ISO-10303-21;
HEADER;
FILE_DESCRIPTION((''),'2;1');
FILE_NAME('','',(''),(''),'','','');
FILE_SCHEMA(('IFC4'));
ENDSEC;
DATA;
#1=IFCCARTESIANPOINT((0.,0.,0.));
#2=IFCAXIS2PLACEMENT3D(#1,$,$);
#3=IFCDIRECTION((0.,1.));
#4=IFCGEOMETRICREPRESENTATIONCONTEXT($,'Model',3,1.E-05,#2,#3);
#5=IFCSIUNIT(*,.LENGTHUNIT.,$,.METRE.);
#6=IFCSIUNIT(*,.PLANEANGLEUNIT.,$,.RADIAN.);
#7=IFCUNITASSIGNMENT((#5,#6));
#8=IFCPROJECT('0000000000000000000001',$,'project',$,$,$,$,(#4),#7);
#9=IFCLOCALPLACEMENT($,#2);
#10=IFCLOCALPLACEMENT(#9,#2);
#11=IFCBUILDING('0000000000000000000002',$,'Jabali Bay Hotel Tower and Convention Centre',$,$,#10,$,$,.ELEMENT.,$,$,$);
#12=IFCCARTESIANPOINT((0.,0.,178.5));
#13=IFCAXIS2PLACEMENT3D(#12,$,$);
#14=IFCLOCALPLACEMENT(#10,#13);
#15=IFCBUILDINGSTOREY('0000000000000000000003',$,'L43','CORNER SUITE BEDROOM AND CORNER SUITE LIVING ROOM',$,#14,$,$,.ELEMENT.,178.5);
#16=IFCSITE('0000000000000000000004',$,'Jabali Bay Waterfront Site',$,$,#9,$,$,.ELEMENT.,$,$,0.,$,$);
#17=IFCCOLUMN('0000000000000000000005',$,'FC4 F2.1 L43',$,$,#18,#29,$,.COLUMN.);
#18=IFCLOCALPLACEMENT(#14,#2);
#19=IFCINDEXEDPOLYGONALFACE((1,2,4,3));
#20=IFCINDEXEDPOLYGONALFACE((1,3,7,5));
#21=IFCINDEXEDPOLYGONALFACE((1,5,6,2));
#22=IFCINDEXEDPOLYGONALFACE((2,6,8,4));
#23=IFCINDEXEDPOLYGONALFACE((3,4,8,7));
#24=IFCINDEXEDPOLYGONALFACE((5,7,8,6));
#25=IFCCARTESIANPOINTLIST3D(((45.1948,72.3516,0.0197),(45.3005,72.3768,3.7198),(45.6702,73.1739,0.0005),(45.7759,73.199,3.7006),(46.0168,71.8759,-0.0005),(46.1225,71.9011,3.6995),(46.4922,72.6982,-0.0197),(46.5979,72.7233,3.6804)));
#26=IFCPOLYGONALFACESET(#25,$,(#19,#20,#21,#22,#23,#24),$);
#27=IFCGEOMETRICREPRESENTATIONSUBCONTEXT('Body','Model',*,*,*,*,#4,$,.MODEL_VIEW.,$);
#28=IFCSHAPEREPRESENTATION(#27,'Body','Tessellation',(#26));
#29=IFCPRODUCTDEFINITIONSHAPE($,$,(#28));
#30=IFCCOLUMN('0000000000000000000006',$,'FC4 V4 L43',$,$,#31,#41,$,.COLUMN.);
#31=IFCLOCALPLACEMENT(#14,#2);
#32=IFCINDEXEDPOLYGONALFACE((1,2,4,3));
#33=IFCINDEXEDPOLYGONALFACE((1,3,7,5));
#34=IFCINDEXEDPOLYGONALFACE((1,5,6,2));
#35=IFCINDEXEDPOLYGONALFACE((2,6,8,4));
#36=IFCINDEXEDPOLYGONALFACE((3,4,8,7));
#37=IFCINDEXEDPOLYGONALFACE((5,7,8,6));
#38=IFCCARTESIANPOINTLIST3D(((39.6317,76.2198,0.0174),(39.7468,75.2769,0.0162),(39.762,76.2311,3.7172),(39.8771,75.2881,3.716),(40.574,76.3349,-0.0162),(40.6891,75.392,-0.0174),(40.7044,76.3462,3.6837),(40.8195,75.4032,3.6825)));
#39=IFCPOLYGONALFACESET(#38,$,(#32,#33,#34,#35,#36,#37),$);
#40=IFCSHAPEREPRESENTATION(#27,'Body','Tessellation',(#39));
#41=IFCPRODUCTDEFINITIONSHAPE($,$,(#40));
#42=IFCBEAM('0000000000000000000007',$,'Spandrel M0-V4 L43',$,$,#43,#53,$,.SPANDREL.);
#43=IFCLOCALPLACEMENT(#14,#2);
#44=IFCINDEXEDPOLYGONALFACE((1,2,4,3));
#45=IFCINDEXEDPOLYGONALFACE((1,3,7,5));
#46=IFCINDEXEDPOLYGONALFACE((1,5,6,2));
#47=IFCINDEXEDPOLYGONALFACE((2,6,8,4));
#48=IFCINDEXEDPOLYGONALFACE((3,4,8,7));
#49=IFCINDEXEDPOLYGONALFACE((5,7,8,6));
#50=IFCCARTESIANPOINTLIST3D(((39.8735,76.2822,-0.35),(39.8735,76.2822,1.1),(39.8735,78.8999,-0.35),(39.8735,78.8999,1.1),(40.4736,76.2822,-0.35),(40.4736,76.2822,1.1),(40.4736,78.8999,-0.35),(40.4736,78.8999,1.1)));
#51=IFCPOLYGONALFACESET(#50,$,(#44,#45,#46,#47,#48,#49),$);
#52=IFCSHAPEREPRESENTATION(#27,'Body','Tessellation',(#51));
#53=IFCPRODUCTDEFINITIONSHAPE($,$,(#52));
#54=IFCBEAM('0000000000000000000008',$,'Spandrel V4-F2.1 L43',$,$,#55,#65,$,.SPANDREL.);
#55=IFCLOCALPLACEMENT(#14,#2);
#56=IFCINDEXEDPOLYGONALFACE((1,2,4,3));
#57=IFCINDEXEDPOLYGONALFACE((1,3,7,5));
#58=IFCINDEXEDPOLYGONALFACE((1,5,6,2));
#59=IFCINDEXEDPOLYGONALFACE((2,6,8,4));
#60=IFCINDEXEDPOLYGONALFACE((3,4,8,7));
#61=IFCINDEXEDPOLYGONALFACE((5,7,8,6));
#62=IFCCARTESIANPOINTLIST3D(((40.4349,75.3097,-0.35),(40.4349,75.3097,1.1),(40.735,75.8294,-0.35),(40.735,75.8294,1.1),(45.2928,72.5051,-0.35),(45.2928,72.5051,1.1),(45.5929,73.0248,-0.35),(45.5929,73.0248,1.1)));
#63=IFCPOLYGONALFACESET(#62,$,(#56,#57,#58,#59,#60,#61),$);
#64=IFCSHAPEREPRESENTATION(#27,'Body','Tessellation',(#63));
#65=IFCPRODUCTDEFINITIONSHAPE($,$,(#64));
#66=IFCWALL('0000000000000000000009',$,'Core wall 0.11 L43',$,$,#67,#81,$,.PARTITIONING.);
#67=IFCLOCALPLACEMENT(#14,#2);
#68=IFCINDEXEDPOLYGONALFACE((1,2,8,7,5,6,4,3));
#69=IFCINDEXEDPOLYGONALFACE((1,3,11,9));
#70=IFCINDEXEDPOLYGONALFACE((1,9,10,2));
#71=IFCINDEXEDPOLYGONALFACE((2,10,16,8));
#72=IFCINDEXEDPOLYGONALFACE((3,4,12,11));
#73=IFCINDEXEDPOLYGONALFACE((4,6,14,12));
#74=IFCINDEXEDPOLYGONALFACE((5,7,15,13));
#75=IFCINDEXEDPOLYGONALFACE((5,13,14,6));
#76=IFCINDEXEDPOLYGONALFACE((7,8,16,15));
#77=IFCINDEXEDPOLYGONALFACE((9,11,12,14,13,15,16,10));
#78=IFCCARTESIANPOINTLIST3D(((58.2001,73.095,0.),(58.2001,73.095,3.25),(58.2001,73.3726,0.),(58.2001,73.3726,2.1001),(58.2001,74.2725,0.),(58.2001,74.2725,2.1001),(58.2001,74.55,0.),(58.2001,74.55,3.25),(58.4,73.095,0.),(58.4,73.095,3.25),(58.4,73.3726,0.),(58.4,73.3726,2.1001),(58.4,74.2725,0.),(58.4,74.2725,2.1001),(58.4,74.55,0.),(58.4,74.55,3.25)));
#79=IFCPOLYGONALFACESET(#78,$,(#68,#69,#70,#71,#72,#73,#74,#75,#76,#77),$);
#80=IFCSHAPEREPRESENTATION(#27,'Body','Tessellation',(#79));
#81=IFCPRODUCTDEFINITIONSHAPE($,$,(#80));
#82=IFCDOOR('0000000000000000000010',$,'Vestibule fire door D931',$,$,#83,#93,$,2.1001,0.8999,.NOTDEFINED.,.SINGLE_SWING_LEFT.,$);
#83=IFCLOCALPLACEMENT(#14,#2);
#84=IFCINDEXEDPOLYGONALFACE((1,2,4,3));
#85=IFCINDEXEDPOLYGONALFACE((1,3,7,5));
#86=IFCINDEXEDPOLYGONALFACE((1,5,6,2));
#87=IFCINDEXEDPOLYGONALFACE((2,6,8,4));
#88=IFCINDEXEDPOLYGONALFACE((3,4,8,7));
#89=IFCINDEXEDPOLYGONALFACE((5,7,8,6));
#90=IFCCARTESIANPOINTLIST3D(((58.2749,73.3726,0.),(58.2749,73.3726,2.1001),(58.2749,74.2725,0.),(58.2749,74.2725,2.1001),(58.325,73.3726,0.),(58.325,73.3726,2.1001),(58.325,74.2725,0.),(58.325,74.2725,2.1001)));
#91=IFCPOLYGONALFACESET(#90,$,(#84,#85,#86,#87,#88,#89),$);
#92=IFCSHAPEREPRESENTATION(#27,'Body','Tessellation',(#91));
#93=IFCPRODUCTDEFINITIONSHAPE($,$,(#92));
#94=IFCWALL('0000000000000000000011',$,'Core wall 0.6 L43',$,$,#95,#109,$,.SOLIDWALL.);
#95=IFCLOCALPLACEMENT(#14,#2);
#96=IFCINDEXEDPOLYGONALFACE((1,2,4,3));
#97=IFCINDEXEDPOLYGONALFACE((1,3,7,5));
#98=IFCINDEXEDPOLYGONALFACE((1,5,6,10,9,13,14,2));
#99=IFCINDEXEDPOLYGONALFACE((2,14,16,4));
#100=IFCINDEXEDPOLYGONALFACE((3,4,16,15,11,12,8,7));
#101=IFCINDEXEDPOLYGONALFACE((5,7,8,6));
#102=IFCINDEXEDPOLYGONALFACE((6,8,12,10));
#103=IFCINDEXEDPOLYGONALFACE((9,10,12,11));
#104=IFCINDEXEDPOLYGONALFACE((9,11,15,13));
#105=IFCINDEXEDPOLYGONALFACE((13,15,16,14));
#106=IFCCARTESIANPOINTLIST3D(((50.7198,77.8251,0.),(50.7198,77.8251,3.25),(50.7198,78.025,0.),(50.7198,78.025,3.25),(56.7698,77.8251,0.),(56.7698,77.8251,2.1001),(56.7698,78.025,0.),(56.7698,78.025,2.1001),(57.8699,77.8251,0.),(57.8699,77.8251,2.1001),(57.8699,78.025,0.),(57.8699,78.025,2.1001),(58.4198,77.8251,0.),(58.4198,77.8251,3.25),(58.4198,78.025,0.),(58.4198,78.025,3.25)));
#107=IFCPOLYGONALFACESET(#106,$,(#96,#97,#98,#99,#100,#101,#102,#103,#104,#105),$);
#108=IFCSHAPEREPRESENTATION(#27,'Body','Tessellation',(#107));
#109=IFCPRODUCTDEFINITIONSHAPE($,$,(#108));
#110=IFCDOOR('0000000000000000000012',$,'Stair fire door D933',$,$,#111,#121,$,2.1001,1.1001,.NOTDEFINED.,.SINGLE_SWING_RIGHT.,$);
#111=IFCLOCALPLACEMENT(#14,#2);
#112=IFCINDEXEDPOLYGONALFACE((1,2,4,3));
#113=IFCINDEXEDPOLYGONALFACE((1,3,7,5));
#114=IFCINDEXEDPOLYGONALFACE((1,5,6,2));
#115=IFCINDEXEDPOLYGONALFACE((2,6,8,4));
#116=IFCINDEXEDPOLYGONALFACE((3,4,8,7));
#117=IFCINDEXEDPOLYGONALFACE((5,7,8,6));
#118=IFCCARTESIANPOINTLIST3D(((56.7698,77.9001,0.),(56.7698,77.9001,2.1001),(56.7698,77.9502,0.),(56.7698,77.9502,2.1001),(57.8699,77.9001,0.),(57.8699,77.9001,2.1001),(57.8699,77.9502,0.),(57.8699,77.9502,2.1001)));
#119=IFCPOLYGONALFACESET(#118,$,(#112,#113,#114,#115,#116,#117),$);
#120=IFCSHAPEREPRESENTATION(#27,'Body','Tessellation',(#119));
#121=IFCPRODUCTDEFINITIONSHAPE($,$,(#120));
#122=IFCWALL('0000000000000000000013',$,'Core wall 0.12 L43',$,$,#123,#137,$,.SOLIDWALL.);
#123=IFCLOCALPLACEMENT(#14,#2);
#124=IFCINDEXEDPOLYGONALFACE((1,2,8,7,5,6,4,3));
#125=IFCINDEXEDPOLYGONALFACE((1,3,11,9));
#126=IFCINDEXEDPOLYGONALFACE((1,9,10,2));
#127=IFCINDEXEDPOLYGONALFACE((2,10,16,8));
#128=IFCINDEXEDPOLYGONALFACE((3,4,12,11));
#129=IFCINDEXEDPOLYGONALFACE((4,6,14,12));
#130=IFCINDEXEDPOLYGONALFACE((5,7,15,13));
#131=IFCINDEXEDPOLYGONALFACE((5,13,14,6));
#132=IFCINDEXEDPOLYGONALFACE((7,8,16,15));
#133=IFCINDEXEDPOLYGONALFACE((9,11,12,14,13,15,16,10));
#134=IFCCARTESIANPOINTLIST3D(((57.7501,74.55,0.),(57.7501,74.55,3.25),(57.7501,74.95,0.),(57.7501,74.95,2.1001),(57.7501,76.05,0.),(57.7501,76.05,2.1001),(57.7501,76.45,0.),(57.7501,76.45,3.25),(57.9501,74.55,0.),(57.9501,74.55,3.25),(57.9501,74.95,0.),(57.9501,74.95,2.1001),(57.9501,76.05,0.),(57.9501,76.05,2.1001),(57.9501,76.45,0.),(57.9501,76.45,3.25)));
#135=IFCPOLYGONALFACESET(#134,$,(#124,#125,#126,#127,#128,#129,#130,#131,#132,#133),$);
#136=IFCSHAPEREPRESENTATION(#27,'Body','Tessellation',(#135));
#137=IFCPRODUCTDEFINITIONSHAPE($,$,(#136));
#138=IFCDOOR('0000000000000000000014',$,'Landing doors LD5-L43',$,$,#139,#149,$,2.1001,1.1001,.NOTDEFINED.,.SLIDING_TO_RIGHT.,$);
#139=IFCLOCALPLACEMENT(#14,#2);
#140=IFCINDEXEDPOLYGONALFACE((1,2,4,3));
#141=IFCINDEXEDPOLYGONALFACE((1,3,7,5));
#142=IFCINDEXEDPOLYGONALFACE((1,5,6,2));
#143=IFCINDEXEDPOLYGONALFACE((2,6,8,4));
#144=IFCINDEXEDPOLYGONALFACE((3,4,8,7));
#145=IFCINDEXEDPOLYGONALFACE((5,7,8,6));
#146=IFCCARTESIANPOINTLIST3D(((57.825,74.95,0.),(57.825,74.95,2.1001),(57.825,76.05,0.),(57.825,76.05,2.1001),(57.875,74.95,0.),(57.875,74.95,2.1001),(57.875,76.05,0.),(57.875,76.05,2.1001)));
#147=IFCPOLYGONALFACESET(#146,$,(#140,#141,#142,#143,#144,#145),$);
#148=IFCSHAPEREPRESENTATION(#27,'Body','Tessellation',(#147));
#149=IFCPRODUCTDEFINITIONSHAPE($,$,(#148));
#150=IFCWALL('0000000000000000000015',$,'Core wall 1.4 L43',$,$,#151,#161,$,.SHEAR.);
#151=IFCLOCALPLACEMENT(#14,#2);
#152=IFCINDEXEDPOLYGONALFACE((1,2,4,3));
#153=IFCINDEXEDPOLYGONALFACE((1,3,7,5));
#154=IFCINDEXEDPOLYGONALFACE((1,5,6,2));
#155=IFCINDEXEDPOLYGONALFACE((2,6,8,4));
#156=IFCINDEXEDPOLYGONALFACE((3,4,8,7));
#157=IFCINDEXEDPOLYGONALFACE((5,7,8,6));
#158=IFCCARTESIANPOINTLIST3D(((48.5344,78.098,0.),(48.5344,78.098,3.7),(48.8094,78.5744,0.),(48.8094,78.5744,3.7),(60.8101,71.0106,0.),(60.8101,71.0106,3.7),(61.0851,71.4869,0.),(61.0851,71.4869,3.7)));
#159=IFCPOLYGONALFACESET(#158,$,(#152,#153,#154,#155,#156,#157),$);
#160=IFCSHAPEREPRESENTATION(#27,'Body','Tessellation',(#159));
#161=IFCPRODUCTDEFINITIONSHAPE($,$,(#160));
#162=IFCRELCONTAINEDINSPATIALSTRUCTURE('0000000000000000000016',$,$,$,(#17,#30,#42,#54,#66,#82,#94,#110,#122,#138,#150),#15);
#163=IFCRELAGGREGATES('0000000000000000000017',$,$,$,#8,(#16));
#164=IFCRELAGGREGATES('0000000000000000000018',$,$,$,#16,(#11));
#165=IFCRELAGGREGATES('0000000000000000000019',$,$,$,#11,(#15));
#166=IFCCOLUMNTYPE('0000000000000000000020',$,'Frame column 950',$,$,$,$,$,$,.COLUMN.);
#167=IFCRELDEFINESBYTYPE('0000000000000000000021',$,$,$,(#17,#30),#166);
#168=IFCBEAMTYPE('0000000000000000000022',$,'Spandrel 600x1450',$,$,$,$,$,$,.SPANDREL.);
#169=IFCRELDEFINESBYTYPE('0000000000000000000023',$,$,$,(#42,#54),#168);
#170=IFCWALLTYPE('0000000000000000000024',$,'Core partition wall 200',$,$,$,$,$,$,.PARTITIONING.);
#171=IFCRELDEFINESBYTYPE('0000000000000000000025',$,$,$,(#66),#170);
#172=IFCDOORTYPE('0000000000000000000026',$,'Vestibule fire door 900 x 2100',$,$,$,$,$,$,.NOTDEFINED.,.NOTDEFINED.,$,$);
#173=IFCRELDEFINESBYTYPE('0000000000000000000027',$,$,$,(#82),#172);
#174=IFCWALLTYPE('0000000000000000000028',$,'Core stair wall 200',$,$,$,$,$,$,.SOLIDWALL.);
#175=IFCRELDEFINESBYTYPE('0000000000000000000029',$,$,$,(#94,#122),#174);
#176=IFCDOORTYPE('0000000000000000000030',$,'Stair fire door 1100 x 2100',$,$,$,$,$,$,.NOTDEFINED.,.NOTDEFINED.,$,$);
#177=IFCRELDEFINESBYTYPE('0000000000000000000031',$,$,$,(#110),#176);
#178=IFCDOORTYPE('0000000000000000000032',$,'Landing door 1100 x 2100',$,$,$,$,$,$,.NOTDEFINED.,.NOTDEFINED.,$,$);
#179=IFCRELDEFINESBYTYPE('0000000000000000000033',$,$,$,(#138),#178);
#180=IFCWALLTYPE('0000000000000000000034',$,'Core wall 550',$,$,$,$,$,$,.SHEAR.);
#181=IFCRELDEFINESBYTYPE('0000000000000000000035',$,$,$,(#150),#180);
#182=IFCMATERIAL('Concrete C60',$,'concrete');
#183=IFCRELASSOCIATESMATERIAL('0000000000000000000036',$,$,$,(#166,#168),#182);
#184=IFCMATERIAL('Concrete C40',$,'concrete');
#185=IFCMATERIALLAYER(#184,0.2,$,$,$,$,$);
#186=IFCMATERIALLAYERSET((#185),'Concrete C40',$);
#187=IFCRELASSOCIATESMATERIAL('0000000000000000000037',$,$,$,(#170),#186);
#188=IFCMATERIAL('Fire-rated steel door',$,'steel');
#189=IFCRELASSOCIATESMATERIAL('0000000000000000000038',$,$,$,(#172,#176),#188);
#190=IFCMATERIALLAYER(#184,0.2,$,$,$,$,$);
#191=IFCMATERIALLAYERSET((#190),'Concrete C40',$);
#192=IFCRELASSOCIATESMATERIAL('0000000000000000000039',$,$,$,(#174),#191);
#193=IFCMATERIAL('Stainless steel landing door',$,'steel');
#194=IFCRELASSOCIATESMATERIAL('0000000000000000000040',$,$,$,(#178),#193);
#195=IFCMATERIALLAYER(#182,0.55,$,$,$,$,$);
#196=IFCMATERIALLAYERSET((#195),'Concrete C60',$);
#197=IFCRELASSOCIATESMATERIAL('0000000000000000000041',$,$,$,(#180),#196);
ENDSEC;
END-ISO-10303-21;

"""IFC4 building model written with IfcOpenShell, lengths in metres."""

from ifc_helpers import new_model, si_unit, direction, frame, frame_2d, origin, origin_2d, place, context, subcontext, project, spatial, rectangle, extrude, material, layer, layer_set, material_profile, profile_set, type_object, element, fill, save


model = new_model("IFC4")

# Units and contexts
model_context = context("Model", 3, precision=1e-05, world=origin(), true_north=direction((0.0, 1.0)))
body_context = subcontext(model_context, "Body", "Model", "MODEL_VIEW")
ifc_project = project(units=[si_unit("LENGTHUNIT", "METRE"), si_unit("PLANEANGLEUNIT", "RADIAN")], contexts=[model_context])

# Site, building, storey
site_placement = place(None, origin())
site = spatial("IfcSite", under=ifc_project, at=site_placement, Name="Jabali Bay Waterfront Site", CompositionType="ELEMENT", RefElevation=0.0)
building_placement = place(site_placement, origin())
building = spatial("IfcBuilding", under=site, at=building_placement, Name="Jabali Bay Hotel Tower and Convention Centre", CompositionType="ELEMENT")
storey_placement = place(building_placement, frame((0.0, 0.0, 178.5)))
storey = spatial("IfcBuildingStorey", under=building, at=storey_placement, Name="L43", Description="CORNER SUITE BEDROOM AND CORNER SUITE LIVING ROOM", CompositionType="ELEMENT", Elevation=178.5)

# Columns
ifc_material_1 = material(Name="Concrete C60", Category="concrete")
ifc_material_profile_1 = material_profile(ifc_material_1, rectangle(XDim=0.95, YDim=0.95, at=origin_2d()), Name="Frame column 950")
ifc_profile_set_1 = profile_set([ifc_material_profile_1], Name="Concrete C60")
column_type = type_object("IfcColumnType", Name="Frame column 950", PredefinedType="COLUMN", material=ifc_profile_set_1)
column_1_placement = place(storey_placement, frame((45.8435, 72.5249, 0.0), z_axis=(0.028559, 0.006794, 0.999569), x_axis=(-0.865321, 0.500765, 0.02132)))
element("IfcColumn", 1, at=column_1_placement, inside=storey, type_object=column_type, Name="FC4 F2.1 L43", PredefinedType="COLUMN", context=body_context, shape_type="SweptSolid", body=[
    extrude(rectangle(XDim=0.95, YDim=0.95, at=origin_2d()), origin(), (0.0, 0.0, 1.0), 3.7017),
])
column_2_placement = place(storey_placement, frame((40.1604, 75.8059, 0.0), z_axis=(0.035214, 0.003033, 0.999375), x_axis=(-0.121179, 0.99263, 0.001257)))
element("IfcColumn", 2, at=column_2_placement, inside=storey, type_object=column_type, Name="FC4 V4 L43", PredefinedType="COLUMN", context=body_context, shape_type="SweptSolid", body=[
    extrude(rectangle(XDim=0.95, YDim=0.95, at=origin_2d()), origin(), (0.0, 0.0, 1.0), 3.7021),
])

# Beams
ifc_material_profile_2 = material_profile(ifc_material_1, rectangle(XDim=0.6001, YDim=1.45, at=origin_2d()), Name="Spandrel 600x1450")
ifc_profile_set_2 = profile_set([ifc_material_profile_2], Name="Concrete C60")
beam_type = type_object("IfcBeamType", Name="Spandrel 600x1450", PredefinedType="SPANDREL", material=ifc_profile_set_2)
beam_1_placement = place(storey_placement, frame((40.1736, 78.8999, 0.375), z_axis=(0.0, -1.0, 0.0), x_axis=(1.0, 0.0, 0.0)))
element("IfcBeam", 3, at=beam_1_placement, inside=storey, type_object=beam_type, Name="Spandrel M0-V4 L43", PredefinedType="SPANDREL", context=body_context, shape_type="SweptSolid", body=[
    extrude(rectangle(XDim=0.6001, YDim=1.45, at=origin_2d()), origin(), (0.0, 0.0, 1.0), 2.6177),
])
beam_2_placement = place(storey_placement, frame((40.585, 75.5696, 0.375), z_axis=(0.866028, -0.499996, 0.0), x_axis=(0.499996, 0.866028, 0.0)))
element("IfcBeam", 4, at=beam_2_placement, inside=storey, type_object=beam_type, Name="Spandrel V4-F2.1 L43", PredefinedType="SPANDREL", context=body_context, shape_type="SweptSolid", body=[
    extrude(rectangle(XDim=0.6001, YDim=1.45, at=origin_2d()), origin(), (0.0, 0.0, 1.0), 5.6094),
])

# Walls, openings, doors
ifc_material_2 = material(Name="Concrete C40", Category="concrete")
ifc_layer_1 = layer(ifc_material_2, 0.2)
ifc_layer_set_1 = layer_set([ifc_layer_1], Name="Concrete C40")
wall_type_1 = type_object("IfcWallType", Name="Core partition wall 200", PredefinedType="PARTITIONING", material=ifc_layer_set_1)
wall_1_placement = place(storey_placement, frame((58.3, 74.55, 0.0), z_axis=(0.0, 0.0, 1.0), x_axis=(0.0, -1.0, 0.0)))
wall_1 = element("IfcWall", 5, at=wall_1_placement, inside=storey, type_object=wall_type_1, Name="Core wall 0.11 L43", PredefinedType="PARTITIONING", context=body_context, shape_type="SweptSolid", body=[
    extrude(rectangle(XDim=1.4551, YDim=0.2, at=frame_2d((0.7275, 0.0))), origin(), (0.0, 0.0, 1.0), 3.25),
])
opening_1_placement = place(wall_1_placement, frame((0.2776, 0.0, 0.0)))
opening_1 = element("IfcOpeningElement", 6, at=opening_1_placement, cuts=wall_1, PredefinedType="OPENING", context=body_context, shape_type="SweptSolid", body=[
    extrude(rectangle(XDim=0.8999, YDim=2.1001, at=frame_2d((0.45, 1.05))), frame((0.0, 0.1104, 0.0), z_axis=(0.0, -1.0, 0.0), x_axis=(1.0, 0.0, 0.0)), (0.0, 0.0, 1.0), 0.2209),
])
ifc_material_3 = material(Name="Fire-rated steel door", Category="steel")
door_type_1 = type_object("IfcDoorType", Name="Vestibule fire door 900 x 2100", OperationType="NOTDEFINED", PredefinedType="NOTDEFINED", material=ifc_material_3)
door_1_placement = place(opening_1_placement, origin())
door_1 = element("IfcDoor", 7, at=door_1_placement, inside=storey, type_object=door_type_1, Name="Vestibule fire door D931", OperationType="SINGLE_SWING_LEFT", OverallHeight=2.1001, OverallWidth=0.8999, PredefinedType="NOTDEFINED", context=body_context, shape_type="SweptSolid", body=[
    extrude(rectangle(XDim=0.8999, YDim=2.1001, at=frame_2d((0.45, 1.05))), frame((0.0, 0.0249, 0.0), z_axis=(0.0, -1.0, 0.0), x_axis=(1.0, 0.0, 0.0)), (0.0, 0.0, 1.0), 0.05),
])
fill(opening_1, door_1)
ifc_layer_2 = layer(ifc_material_2, 0.2)
ifc_layer_set_2 = layer_set([ifc_layer_2], Name="Concrete C40")
wall_type_2 = type_object("IfcWallType", Name="Core stair wall 200", PredefinedType="SOLIDWALL", material=ifc_layer_set_2)
wall_2_placement = place(storey_placement, frame((58.4199, 77.925, 0.0), z_axis=(0.0, 0.0, 1.0), x_axis=(-1.0, 0.0, 0.0)))
wall_2 = element("IfcWall", 8, at=wall_2_placement, inside=storey, type_object=wall_type_2, Name="Core wall 0.6 L43", PredefinedType="SOLIDWALL", context=body_context, shape_type="SweptSolid", body=[
    extrude(rectangle(XDim=7.7, YDim=0.2, at=frame_2d((3.8501, 0.0))), origin(), (0.0, 0.0, 1.0), 3.25),
])
opening_2_placement = place(wall_2_placement, frame((0.55, 0.0, 0.0)))
opening_2 = element("IfcOpeningElement", 9, at=opening_2_placement, cuts=wall_2, PredefinedType="OPENING", context=body_context, shape_type="SweptSolid", body=[
    extrude(rectangle(XDim=1.1001, YDim=2.1001, at=frame_2d((0.55, 1.05))), frame((0.0, 0.1104, 0.0), z_axis=(0.0, -1.0, 0.0), x_axis=(1.0, 0.0, 0.0)), (0.0, 0.0, 1.0), 0.2209),
])
door_type_2 = type_object("IfcDoorType", Name="Stair fire door 1100 x 2100", OperationType="NOTDEFINED", PredefinedType="NOTDEFINED", material=ifc_material_3)
door_2_placement = place(opening_2_placement, origin())
door_2 = element("IfcDoor", 10, at=door_2_placement, inside=storey, type_object=door_type_2, Name="Stair fire door D933", OperationType="SINGLE_SWING_RIGHT", OverallHeight=2.1001, OverallWidth=1.1001, PredefinedType="NOTDEFINED", context=body_context, shape_type="SweptSolid", body=[
    extrude(rectangle(XDim=1.1001, YDim=2.1001, at=frame_2d((0.55, 1.05))), frame((0.0, 0.0249, 0.0), z_axis=(0.0, -1.0, 0.0), x_axis=(1.0, 0.0, 0.0)), (0.0, 0.0, 1.0), 0.05),
])
fill(opening_2, door_2)
wall_3_placement = place(storey_placement, frame((57.8501, 76.45, 0.0), z_axis=(0.0, 0.0, 1.0), x_axis=(0.0, -1.0, 0.0)))
wall_3 = element("IfcWall", 11, at=wall_3_placement, inside=storey, type_object=wall_type_2, Name="Core wall 0.12 L43", PredefinedType="SOLIDWALL", context=body_context, shape_type="SweptSolid", body=[
    extrude(rectangle(XDim=1.8999, YDim=0.2, at=frame_2d((0.95, 0.0))), origin(), (0.0, 0.0, 1.0), 3.25),
])
opening_3_placement = place(wall_3_placement, frame((0.3999, 0.0, 0.0)))
opening_3 = element("IfcOpeningElement", 12, at=opening_3_placement, cuts=wall_3, PredefinedType="OPENING", context=body_context, shape_type="SweptSolid", body=[
    extrude(rectangle(XDim=1.1001, YDim=2.1001, at=frame_2d((0.55, 1.05))), frame((0.0, 0.1104, 0.0), z_axis=(0.0, -1.0, 0.0), x_axis=(1.0, 0.0, 0.0)), (0.0, 0.0, 1.0), 0.2209),
])
ifc_material_4 = material(Name="Stainless steel landing door", Category="steel")
door_type_3 = type_object("IfcDoorType", Name="Landing door 1100 x 2100", OperationType="NOTDEFINED", PredefinedType="NOTDEFINED", material=ifc_material_4)
door_3_placement = place(opening_3_placement, origin())
door_3 = element("IfcDoor", 13, at=door_3_placement, inside=storey, type_object=door_type_3, Name="Landing doors LD5-L43", OperationType="SLIDING_TO_RIGHT", OverallHeight=2.1001, OverallWidth=1.1001, PredefinedType="NOTDEFINED", context=body_context, shape_type="SweptSolid", body=[
    extrude(rectangle(XDim=1.1001, YDim=2.1001, at=frame_2d((0.55, 1.05))), frame((0.0, 0.0249, 0.0), z_axis=(0.0, -1.0, 0.0), x_axis=(1.0, 0.0, 0.0)), (0.0, 0.0, 1.0), 0.05),
])
fill(opening_3, door_3)

# Wall
ifc_layer_3 = layer(ifc_material_1, 0.55)
ifc_layer_set_3 = layer_set([ifc_layer_3], Name="Concrete C60")
wall_type_3 = type_object("IfcWallType", Name="Core wall 550", PredefinedType="SHEAR", material=ifc_layer_set_3)
wall_4_placement = place(storey_placement, frame((48.6719, 78.3362, 0.0), z_axis=(0.0, 0.0, 1.0), x_axis=(0.866024, -0.500003, 0.0)))
element("IfcWall", 14, at=wall_4_placement, inside=storey, type_object=wall_type_3, Name="Core wall 1.4 L43", PredefinedType="SHEAR", context=body_context, shape_type="SweptSolid", body=[
    extrude(rectangle(XDim=14.1748, YDim=0.55, at=frame_2d((7.0874, 0.0))), origin(), (0.0, 0.0, 1.0), 3.7),
])

save(model, "model.ifc")
